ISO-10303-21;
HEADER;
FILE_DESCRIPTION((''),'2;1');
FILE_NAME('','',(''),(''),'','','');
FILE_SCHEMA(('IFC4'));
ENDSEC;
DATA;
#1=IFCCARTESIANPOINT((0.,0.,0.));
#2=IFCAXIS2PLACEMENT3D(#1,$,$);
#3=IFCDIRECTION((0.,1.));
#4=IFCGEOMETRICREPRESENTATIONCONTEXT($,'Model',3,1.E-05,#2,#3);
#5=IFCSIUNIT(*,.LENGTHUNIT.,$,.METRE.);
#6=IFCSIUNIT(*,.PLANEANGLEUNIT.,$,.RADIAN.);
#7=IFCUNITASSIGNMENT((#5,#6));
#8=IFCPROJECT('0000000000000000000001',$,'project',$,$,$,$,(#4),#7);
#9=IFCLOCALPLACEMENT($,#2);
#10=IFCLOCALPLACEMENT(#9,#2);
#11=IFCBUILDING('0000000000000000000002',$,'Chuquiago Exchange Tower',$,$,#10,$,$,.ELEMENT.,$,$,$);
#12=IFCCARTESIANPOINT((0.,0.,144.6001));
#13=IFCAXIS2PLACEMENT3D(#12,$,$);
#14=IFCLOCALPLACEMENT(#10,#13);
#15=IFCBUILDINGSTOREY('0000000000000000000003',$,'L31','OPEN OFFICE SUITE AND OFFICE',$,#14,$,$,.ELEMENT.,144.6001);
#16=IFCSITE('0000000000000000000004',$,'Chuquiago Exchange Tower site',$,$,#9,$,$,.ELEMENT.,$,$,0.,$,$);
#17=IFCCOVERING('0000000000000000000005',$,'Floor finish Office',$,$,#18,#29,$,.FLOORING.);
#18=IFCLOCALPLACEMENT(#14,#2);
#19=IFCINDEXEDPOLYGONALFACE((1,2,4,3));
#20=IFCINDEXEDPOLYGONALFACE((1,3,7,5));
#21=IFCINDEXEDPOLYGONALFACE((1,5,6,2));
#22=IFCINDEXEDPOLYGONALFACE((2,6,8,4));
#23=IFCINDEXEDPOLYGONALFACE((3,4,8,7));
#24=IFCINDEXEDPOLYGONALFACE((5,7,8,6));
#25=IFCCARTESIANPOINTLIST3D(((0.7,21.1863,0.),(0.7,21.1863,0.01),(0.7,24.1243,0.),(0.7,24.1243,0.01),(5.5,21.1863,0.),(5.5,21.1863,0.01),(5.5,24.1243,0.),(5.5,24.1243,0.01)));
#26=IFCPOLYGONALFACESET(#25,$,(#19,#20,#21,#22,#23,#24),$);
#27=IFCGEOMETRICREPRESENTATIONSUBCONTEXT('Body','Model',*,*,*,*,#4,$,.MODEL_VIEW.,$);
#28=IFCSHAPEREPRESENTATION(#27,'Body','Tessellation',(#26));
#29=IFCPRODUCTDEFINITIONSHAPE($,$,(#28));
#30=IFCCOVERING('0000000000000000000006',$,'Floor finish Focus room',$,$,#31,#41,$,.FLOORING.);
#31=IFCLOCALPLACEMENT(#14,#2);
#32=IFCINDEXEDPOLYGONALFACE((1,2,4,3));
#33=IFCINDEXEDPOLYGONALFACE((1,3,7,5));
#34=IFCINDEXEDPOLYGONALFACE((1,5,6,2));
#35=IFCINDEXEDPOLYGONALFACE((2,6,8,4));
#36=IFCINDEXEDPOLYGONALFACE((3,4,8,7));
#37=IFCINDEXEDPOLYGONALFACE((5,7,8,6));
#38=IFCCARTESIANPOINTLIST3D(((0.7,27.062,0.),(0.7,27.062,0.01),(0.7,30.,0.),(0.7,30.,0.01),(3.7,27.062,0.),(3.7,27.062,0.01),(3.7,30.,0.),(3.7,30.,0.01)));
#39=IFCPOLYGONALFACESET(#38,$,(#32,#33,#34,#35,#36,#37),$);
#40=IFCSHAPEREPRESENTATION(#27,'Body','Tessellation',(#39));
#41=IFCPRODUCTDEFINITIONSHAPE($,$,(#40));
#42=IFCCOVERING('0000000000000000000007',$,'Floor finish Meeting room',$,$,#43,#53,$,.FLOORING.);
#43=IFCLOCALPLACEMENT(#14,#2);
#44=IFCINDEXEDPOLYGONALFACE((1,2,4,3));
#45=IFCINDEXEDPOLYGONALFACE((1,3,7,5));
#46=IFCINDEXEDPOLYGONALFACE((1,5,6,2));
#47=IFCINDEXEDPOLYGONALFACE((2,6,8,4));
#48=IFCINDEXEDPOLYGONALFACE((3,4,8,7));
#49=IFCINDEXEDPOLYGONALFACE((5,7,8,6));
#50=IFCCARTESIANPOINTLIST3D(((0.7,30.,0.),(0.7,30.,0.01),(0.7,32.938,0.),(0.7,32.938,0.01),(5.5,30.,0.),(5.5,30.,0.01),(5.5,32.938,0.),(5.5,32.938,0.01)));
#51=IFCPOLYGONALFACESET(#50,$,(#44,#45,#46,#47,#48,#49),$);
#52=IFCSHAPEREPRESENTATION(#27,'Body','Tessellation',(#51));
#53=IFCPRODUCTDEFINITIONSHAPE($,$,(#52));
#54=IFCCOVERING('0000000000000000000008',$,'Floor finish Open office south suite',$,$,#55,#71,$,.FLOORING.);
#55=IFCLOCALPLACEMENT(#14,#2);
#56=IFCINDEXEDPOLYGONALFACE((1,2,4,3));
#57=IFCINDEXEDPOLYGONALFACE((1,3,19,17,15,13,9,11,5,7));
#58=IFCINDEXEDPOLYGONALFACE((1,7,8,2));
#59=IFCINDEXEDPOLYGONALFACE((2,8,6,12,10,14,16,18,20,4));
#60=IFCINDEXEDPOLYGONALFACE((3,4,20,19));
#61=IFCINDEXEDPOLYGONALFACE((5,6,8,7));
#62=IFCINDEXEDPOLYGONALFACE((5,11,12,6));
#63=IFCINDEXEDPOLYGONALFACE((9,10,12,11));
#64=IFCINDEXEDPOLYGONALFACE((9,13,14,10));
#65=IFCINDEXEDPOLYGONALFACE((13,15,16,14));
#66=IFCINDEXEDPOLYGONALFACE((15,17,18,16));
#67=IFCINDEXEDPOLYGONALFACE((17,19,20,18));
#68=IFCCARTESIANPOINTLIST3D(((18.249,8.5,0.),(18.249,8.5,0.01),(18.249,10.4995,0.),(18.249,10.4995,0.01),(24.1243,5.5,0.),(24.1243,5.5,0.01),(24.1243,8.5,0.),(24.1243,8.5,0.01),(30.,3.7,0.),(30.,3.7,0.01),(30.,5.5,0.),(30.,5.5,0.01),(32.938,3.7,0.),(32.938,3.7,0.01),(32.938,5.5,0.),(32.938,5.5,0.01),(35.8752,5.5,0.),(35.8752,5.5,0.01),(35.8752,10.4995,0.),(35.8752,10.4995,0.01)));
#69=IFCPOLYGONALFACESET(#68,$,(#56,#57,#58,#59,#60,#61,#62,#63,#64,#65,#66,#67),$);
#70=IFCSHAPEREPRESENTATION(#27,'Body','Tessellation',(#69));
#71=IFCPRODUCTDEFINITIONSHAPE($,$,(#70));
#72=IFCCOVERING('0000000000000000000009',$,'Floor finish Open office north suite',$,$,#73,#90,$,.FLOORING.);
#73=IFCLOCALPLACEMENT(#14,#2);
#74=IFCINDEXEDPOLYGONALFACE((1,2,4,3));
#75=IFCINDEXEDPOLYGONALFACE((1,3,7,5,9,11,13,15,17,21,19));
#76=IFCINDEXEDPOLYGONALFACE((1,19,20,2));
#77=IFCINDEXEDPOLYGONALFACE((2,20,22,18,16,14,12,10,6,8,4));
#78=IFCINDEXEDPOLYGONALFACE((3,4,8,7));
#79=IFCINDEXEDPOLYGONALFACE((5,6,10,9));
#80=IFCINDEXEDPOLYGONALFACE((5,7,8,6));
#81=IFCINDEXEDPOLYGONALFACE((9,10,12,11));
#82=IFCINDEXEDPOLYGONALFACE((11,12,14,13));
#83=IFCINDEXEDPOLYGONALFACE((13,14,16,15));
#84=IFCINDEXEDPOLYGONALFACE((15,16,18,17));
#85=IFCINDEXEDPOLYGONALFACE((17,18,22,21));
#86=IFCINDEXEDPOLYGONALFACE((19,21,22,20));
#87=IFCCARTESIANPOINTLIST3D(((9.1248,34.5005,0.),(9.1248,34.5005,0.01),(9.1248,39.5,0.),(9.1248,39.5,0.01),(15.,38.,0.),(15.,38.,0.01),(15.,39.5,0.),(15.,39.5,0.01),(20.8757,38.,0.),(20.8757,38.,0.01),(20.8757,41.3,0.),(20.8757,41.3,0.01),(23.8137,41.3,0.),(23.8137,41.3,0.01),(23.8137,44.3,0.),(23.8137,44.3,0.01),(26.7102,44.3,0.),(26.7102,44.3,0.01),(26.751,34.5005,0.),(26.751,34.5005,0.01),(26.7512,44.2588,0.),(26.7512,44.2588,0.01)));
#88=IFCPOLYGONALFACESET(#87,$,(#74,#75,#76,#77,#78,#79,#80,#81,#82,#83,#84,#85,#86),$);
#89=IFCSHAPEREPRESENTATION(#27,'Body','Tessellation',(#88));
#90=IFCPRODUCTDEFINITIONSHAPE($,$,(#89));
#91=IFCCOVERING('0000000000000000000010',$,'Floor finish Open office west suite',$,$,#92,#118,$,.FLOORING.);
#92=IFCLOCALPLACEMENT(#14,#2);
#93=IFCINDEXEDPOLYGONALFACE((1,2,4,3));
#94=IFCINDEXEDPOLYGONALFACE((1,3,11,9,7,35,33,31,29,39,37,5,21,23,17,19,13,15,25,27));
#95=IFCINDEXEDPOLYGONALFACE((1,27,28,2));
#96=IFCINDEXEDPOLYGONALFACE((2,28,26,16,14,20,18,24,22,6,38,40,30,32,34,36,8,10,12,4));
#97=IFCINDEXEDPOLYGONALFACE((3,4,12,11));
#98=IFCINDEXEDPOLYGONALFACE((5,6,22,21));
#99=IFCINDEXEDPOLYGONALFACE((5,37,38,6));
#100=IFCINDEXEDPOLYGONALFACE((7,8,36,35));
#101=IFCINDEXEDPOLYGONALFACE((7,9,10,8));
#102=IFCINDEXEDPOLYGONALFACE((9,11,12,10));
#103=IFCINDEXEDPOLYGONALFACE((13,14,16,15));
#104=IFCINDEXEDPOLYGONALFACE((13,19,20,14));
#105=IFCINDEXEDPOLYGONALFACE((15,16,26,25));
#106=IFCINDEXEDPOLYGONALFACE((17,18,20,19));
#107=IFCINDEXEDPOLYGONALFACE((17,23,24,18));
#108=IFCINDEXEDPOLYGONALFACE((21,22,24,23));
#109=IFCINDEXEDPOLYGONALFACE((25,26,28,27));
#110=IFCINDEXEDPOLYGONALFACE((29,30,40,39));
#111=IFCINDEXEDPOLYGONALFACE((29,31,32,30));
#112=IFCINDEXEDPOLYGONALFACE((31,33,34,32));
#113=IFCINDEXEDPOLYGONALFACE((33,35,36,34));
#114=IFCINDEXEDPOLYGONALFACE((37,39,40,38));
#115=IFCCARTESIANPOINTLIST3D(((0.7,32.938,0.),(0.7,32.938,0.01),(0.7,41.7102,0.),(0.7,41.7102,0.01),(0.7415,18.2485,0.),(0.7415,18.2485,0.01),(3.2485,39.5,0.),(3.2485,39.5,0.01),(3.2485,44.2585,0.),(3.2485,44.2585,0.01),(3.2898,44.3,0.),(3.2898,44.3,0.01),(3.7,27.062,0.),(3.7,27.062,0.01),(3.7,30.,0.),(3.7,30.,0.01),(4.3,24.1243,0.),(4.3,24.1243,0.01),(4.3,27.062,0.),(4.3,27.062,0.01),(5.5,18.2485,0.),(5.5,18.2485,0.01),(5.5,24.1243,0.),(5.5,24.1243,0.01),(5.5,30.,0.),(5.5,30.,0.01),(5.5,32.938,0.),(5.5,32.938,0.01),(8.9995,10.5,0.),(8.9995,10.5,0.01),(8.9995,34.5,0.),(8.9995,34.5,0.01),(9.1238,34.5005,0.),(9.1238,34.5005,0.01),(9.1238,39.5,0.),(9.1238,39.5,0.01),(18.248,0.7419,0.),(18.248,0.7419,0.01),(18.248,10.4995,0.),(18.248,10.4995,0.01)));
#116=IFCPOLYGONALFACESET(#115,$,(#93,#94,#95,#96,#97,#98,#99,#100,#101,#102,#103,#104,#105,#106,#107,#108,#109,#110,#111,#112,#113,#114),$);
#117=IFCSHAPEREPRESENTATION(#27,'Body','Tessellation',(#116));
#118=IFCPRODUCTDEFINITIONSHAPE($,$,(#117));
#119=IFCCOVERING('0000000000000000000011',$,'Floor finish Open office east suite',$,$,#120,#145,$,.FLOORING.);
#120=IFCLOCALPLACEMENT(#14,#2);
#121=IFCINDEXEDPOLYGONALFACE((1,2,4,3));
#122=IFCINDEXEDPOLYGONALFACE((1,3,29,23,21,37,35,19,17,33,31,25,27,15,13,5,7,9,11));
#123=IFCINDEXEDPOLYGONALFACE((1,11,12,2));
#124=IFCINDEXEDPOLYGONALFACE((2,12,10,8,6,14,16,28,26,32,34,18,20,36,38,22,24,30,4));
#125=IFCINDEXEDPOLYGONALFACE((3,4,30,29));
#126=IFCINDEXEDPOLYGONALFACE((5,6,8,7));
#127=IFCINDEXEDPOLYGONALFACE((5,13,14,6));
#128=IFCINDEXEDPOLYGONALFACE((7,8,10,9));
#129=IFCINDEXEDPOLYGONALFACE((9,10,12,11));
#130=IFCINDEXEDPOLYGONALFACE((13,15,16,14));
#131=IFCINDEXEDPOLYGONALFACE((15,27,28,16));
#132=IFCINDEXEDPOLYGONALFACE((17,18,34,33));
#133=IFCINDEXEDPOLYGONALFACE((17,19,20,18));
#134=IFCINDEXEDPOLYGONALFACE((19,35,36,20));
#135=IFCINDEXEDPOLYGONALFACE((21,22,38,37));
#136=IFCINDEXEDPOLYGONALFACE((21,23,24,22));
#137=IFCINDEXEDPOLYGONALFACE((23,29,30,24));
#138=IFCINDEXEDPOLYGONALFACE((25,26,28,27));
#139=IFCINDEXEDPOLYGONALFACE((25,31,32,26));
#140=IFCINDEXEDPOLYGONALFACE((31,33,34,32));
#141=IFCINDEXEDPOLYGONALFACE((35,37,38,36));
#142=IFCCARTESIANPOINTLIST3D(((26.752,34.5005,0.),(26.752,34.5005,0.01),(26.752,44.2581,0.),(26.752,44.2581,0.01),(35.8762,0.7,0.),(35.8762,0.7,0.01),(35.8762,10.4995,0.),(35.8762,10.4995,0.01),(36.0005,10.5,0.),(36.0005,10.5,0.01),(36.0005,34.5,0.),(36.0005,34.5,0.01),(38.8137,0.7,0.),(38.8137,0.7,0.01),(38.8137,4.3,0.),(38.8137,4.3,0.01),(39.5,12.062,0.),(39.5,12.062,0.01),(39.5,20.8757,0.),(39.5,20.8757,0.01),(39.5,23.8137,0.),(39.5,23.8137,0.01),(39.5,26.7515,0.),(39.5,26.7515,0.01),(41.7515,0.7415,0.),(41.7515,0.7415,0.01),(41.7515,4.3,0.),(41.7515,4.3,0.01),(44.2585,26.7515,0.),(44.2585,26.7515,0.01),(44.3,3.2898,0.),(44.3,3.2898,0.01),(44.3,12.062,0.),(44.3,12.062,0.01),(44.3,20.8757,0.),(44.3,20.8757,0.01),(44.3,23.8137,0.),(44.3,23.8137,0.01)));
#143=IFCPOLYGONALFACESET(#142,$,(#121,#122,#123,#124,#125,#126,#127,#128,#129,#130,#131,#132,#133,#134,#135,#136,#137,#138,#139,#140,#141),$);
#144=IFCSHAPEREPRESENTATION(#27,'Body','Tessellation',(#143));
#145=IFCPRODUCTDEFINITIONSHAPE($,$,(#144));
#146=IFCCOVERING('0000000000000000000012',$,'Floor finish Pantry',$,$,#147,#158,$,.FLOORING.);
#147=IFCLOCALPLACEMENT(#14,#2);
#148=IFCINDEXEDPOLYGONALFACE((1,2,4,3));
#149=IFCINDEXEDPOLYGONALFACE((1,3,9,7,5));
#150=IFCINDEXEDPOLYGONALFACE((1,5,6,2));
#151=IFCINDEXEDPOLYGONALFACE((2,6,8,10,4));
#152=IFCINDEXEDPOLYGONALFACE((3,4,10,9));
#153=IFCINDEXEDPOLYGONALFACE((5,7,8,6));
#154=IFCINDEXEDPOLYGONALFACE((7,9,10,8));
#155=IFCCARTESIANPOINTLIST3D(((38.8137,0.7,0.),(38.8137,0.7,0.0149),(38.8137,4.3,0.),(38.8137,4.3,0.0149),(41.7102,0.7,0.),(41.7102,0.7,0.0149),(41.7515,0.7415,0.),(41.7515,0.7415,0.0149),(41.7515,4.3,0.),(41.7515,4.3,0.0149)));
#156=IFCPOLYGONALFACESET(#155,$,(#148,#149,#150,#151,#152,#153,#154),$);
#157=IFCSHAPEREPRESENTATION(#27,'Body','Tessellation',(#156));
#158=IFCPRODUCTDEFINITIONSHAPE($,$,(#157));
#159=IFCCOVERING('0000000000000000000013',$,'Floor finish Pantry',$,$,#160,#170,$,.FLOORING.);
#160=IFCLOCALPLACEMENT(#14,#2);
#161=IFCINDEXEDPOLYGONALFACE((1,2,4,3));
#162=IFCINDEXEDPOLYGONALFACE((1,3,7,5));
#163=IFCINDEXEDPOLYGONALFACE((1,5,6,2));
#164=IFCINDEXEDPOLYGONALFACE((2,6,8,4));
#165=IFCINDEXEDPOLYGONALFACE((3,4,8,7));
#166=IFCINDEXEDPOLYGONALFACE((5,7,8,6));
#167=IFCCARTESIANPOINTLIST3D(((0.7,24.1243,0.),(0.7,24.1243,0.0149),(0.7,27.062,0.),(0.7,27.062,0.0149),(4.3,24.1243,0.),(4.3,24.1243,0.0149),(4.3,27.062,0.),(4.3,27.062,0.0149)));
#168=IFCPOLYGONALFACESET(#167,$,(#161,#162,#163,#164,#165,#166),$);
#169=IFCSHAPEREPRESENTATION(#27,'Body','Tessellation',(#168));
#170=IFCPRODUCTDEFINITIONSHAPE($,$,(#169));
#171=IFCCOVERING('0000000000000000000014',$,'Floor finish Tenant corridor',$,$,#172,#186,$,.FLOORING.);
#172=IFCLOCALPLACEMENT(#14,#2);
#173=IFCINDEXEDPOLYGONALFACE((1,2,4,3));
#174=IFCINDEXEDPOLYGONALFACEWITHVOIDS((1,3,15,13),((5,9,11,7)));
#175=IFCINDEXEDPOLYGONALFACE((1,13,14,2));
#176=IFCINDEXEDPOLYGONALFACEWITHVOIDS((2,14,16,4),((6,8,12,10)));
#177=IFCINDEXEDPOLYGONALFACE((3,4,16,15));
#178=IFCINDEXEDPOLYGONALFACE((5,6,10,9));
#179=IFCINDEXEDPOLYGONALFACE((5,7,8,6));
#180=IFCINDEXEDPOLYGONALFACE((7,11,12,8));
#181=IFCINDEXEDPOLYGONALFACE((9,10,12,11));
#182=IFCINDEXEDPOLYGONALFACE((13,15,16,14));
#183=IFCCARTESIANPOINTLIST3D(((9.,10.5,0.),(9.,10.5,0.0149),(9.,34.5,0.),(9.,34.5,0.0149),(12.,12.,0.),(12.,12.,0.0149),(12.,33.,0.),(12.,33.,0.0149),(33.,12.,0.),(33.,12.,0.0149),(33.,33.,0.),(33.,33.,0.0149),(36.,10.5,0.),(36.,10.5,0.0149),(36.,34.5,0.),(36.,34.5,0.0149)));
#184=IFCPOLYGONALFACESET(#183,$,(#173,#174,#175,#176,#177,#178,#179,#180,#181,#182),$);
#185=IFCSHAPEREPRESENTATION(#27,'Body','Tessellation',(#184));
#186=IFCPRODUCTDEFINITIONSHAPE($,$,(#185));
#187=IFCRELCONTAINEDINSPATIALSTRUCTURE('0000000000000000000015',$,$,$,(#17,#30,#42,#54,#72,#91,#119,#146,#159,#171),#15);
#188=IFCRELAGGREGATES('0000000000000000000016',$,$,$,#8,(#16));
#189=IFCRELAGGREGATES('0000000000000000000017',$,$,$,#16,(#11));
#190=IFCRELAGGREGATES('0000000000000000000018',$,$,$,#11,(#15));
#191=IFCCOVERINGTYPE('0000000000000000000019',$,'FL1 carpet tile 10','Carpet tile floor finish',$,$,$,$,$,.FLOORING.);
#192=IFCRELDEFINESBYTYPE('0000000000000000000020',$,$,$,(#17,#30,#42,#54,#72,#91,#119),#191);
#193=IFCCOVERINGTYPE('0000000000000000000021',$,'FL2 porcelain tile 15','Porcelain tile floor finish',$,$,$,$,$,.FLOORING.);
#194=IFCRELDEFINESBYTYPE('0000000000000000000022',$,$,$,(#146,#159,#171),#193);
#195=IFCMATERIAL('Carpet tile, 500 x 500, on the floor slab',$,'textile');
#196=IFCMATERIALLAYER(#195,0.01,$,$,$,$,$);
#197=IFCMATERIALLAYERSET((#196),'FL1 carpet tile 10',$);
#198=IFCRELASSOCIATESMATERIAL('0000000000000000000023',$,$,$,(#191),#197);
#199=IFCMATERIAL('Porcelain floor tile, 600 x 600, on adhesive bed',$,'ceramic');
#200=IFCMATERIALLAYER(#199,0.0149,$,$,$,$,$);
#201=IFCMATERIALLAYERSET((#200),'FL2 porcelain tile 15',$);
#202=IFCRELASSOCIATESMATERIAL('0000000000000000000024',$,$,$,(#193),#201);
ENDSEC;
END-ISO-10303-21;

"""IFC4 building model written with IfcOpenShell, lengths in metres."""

from ifc_helpers import new_model, si_unit, direction, frame, origin, place, context, subcontext, project, spatial, polyline, outline, extrude, material, layer, layer_set, type_object, element, save


model = new_model("IFC4")

# Units and contexts
model_context = context("Model", 3, precision=1e-05, world=origin(), true_north=direction((0.0, 1.0)))
body_context = subcontext(model_context, "Body", "Model", "MODEL_VIEW")
ifc_project = project(units=[si_unit("LENGTHUNIT", "METRE"), si_unit("PLANEANGLEUNIT", "RADIAN")], contexts=[model_context])

# Site, building, storey
site_placement = place(None, origin())
site = spatial("IfcSite", under=ifc_project, at=site_placement, Name="Chuquiago Exchange Tower site", CompositionType="ELEMENT", RefElevation=0.0)
building_placement = place(site_placement, origin())
building = spatial("IfcBuilding", under=site, at=building_placement, Name="Chuquiago Exchange Tower", CompositionType="ELEMENT")
storey_placement = place(building_placement, frame((0.0, 0.0, 144.6001)))
storey = spatial("IfcBuildingStorey", under=building, at=storey_placement, Name="L31", Description="OPEN OFFICE SUITE AND OFFICE", CompositionType="ELEMENT", Elevation=144.6001)

# Coverings
ifc_material_1 = material(Name="Carpet tile, 500 x 500, on the floor slab", Category="textile")
ifc_layer_1 = layer(ifc_material_1, 0.01)
ifc_layer_set_1 = layer_set([ifc_layer_1], Name="FL1 carpet tile 10")
covering_type_1 = type_object("IfcCoveringType", Name="FL1 carpet tile 10", Description="Carpet tile floor finish", PredefinedType="FLOORING", material=ifc_layer_set_1)
covering_1_placement = place(storey_placement, origin())
element("IfcCovering", 1, at=covering_1_placement, inside=storey, type_object=covering_type_1, Name="Floor finish Office", PredefinedType="FLOORING", context=body_context, shape_type="SweptSolid", body=[
    extrude(outline(polyline([(0.7, 24.1243), (5.5, 24.1243), (5.5, 21.1863), (0.7, 21.1863), (0.7, 24.1243)])), origin(), (0.0, 0.0, 1.0), 0.01),
])
covering_2_placement = place(storey_placement, origin())
element("IfcCovering", 2, at=covering_2_placement, inside=storey, type_object=covering_type_1, Name="Floor finish Focus room", PredefinedType="FLOORING", context=body_context, shape_type="SweptSolid", body=[
    extrude(outline(polyline([(0.7, 30.0), (3.7, 30.0), (3.7, 27.062), (0.7, 27.062), (0.7, 30.0)])), origin(), (0.0, 0.0, 1.0), 0.01),
])
covering_3_placement = place(storey_placement, origin())
element("IfcCovering", 3, at=covering_3_placement, inside=storey, type_object=covering_type_1, Name="Floor finish Meeting room", PredefinedType="FLOORING", context=body_context, shape_type="SweptSolid", body=[
    extrude(outline(polyline([(0.7, 32.938), (5.5, 32.938), (5.5, 30.0), (0.7, 30.0), (0.7, 32.938)])), origin(), (0.0, 0.0, 1.0), 0.01),
])
covering_4_placement = place(storey_placement, origin())
element("IfcCovering", 4, at=covering_4_placement, inside=storey, type_object=covering_type_1, Name="Floor finish Open office south suite", PredefinedType="FLOORING", context=body_context, shape_type="SweptSolid", body=[
    extrude(outline(polyline([(32.938, 5.5), (32.938, 3.7), (30.0, 3.7), (30.0, 5.5), (24.1243, 5.5), (24.1243, 8.5), (18.249, 8.5), (18.249, 10.4995), (35.8752, 10.4995), (35.8752, 5.5), (32.938, 5.5)])), origin(), (0.0, 0.0, 1.0), 0.01),
])
covering_5_placement = place(storey_placement, origin())
element("IfcCovering", 5, at=covering_5_placement, inside=storey, type_object=covering_type_1, Name="Floor finish Open office north suite", PredefinedType="FLOORING", context=body_context, shape_type="SweptSolid", body=[
    extrude(outline(polyline([(9.1248, 39.5), (15.0, 39.5), (15.0, 38.0), (20.8757, 38.0), (20.8757, 41.3), (23.8137, 41.3), (23.8137, 44.3), (26.7102, 44.3), (26.7512, 44.2588), (26.751, 34.5005), (9.1248, 34.5005), (9.1248, 39.5)])), origin(), (0.0, 0.0, 1.0), 0.01),
])
covering_6_placement = place(storey_placement, origin())
element("IfcCovering", 6, at=covering_6_placement, inside=storey, type_object=covering_type_1, Name="Floor finish Open office west suite", PredefinedType="FLOORING", context=body_context, shape_type="SweptSolid", body=[
    extrude(outline(polyline([(3.2485, 44.2585), (3.2485, 39.5), (9.1238, 39.5), (9.1238, 34.5005), (8.9995, 34.5), (8.9995, 10.5), (18.248, 10.4995), (18.248, 0.7419), (0.7415, 18.2485), (5.5, 18.2485), (5.5, 24.1243), (4.3, 24.1243), (4.3, 27.062), (3.7, 27.062), (3.7, 30.0), (5.5, 30.0), (5.5, 32.938), (0.7, 32.938), (0.7, 41.7102), (3.2898, 44.3), (3.2485, 44.2585)])), origin(), (0.0, 0.0, 1.0), 0.01),
])
covering_7_placement = place(storey_placement, origin())
element("IfcCovering", 7, at=covering_7_placement, inside=storey, type_object=covering_type_1, Name="Floor finish Open office east suite", PredefinedType="FLOORING", context=body_context, shape_type="SweptSolid", body=[
    extrude(outline(polyline([(44.2585, 26.7515), (39.5, 26.7515), (39.5, 23.8137), (44.3, 23.8137), (44.3, 20.8757), (39.5, 20.8757), (39.5, 12.062), (44.3, 12.062), (44.3, 3.2898), (41.7515, 0.7415), (41.7515, 4.3), (38.8137, 4.3), (38.8137, 0.7), (35.8762, 0.7), (35.8762, 10.4995), (36.0005, 10.5), (36.0005, 34.5), (26.752, 34.5005), (26.752, 44.2581), (44.2585, 26.7515)])), origin(), (0.0, 0.0, 1.0), 0.01),
])
ifc_material_2 = material(Name="Porcelain floor tile, 600 x 600, on adhesive bed", Category="ceramic")
ifc_layer_2 = layer(ifc_material_2, 0.0149)
ifc_layer_set_2 = layer_set([ifc_layer_2], Name="FL2 porcelain tile 15")
covering_type_2 = type_object("IfcCoveringType", Name="FL2 porcelain tile 15", Description="Porcelain tile floor finish", PredefinedType="FLOORING", material=ifc_layer_set_2)
covering_8_placement = place(storey_placement, origin())
element("IfcCovering", 8, at=covering_8_placement, inside=storey, type_object=covering_type_2, Name="Floor finish Pantry", PredefinedType="FLOORING", context=body_context, shape_type="SweptSolid", body=[
    extrude(outline(polyline([(41.7102, 0.7), (38.8137, 0.7), (38.8137, 4.3), (41.7515, 4.3), (41.7515, 0.7415), (41.7102, 0.7)])), origin(), (0.0, 0.0, 1.0), 0.0149),
])
covering_9_placement = place(storey_placement, origin())
element("IfcCovering", 9, at=covering_9_placement, inside=storey, type_object=covering_type_2, Name="Floor finish Pantry", PredefinedType="FLOORING", context=body_context, shape_type="SweptSolid", body=[
    extrude(outline(polyline([(0.7, 27.062), (4.3, 27.062), (4.3, 24.1243), (0.7, 24.1243), (0.7, 27.062)])), origin(), (0.0, 0.0, 1.0), 0.0149),
])
covering_10_placement = place(storey_placement, origin())
element("IfcCovering", 10, at=covering_10_placement, inside=storey, type_object=covering_type_2, Name="Floor finish Tenant corridor", PredefinedType="FLOORING", context=body_context, shape_type="SweptSolid", body=[
    extrude(outline(polyline([(9.0, 10.5), (9.0, 34.5), (36.0, 34.5), (36.0, 10.5), (9.0, 10.5)]), holes=[polyline([(12.0, 33.0), (12.0, 12.0), (33.0, 12.0), (33.0, 33.0), (12.0, 33.0)])]), origin(), (0.0, 0.0, 1.0), 0.0149),
])

save(model, "model.ifc")
